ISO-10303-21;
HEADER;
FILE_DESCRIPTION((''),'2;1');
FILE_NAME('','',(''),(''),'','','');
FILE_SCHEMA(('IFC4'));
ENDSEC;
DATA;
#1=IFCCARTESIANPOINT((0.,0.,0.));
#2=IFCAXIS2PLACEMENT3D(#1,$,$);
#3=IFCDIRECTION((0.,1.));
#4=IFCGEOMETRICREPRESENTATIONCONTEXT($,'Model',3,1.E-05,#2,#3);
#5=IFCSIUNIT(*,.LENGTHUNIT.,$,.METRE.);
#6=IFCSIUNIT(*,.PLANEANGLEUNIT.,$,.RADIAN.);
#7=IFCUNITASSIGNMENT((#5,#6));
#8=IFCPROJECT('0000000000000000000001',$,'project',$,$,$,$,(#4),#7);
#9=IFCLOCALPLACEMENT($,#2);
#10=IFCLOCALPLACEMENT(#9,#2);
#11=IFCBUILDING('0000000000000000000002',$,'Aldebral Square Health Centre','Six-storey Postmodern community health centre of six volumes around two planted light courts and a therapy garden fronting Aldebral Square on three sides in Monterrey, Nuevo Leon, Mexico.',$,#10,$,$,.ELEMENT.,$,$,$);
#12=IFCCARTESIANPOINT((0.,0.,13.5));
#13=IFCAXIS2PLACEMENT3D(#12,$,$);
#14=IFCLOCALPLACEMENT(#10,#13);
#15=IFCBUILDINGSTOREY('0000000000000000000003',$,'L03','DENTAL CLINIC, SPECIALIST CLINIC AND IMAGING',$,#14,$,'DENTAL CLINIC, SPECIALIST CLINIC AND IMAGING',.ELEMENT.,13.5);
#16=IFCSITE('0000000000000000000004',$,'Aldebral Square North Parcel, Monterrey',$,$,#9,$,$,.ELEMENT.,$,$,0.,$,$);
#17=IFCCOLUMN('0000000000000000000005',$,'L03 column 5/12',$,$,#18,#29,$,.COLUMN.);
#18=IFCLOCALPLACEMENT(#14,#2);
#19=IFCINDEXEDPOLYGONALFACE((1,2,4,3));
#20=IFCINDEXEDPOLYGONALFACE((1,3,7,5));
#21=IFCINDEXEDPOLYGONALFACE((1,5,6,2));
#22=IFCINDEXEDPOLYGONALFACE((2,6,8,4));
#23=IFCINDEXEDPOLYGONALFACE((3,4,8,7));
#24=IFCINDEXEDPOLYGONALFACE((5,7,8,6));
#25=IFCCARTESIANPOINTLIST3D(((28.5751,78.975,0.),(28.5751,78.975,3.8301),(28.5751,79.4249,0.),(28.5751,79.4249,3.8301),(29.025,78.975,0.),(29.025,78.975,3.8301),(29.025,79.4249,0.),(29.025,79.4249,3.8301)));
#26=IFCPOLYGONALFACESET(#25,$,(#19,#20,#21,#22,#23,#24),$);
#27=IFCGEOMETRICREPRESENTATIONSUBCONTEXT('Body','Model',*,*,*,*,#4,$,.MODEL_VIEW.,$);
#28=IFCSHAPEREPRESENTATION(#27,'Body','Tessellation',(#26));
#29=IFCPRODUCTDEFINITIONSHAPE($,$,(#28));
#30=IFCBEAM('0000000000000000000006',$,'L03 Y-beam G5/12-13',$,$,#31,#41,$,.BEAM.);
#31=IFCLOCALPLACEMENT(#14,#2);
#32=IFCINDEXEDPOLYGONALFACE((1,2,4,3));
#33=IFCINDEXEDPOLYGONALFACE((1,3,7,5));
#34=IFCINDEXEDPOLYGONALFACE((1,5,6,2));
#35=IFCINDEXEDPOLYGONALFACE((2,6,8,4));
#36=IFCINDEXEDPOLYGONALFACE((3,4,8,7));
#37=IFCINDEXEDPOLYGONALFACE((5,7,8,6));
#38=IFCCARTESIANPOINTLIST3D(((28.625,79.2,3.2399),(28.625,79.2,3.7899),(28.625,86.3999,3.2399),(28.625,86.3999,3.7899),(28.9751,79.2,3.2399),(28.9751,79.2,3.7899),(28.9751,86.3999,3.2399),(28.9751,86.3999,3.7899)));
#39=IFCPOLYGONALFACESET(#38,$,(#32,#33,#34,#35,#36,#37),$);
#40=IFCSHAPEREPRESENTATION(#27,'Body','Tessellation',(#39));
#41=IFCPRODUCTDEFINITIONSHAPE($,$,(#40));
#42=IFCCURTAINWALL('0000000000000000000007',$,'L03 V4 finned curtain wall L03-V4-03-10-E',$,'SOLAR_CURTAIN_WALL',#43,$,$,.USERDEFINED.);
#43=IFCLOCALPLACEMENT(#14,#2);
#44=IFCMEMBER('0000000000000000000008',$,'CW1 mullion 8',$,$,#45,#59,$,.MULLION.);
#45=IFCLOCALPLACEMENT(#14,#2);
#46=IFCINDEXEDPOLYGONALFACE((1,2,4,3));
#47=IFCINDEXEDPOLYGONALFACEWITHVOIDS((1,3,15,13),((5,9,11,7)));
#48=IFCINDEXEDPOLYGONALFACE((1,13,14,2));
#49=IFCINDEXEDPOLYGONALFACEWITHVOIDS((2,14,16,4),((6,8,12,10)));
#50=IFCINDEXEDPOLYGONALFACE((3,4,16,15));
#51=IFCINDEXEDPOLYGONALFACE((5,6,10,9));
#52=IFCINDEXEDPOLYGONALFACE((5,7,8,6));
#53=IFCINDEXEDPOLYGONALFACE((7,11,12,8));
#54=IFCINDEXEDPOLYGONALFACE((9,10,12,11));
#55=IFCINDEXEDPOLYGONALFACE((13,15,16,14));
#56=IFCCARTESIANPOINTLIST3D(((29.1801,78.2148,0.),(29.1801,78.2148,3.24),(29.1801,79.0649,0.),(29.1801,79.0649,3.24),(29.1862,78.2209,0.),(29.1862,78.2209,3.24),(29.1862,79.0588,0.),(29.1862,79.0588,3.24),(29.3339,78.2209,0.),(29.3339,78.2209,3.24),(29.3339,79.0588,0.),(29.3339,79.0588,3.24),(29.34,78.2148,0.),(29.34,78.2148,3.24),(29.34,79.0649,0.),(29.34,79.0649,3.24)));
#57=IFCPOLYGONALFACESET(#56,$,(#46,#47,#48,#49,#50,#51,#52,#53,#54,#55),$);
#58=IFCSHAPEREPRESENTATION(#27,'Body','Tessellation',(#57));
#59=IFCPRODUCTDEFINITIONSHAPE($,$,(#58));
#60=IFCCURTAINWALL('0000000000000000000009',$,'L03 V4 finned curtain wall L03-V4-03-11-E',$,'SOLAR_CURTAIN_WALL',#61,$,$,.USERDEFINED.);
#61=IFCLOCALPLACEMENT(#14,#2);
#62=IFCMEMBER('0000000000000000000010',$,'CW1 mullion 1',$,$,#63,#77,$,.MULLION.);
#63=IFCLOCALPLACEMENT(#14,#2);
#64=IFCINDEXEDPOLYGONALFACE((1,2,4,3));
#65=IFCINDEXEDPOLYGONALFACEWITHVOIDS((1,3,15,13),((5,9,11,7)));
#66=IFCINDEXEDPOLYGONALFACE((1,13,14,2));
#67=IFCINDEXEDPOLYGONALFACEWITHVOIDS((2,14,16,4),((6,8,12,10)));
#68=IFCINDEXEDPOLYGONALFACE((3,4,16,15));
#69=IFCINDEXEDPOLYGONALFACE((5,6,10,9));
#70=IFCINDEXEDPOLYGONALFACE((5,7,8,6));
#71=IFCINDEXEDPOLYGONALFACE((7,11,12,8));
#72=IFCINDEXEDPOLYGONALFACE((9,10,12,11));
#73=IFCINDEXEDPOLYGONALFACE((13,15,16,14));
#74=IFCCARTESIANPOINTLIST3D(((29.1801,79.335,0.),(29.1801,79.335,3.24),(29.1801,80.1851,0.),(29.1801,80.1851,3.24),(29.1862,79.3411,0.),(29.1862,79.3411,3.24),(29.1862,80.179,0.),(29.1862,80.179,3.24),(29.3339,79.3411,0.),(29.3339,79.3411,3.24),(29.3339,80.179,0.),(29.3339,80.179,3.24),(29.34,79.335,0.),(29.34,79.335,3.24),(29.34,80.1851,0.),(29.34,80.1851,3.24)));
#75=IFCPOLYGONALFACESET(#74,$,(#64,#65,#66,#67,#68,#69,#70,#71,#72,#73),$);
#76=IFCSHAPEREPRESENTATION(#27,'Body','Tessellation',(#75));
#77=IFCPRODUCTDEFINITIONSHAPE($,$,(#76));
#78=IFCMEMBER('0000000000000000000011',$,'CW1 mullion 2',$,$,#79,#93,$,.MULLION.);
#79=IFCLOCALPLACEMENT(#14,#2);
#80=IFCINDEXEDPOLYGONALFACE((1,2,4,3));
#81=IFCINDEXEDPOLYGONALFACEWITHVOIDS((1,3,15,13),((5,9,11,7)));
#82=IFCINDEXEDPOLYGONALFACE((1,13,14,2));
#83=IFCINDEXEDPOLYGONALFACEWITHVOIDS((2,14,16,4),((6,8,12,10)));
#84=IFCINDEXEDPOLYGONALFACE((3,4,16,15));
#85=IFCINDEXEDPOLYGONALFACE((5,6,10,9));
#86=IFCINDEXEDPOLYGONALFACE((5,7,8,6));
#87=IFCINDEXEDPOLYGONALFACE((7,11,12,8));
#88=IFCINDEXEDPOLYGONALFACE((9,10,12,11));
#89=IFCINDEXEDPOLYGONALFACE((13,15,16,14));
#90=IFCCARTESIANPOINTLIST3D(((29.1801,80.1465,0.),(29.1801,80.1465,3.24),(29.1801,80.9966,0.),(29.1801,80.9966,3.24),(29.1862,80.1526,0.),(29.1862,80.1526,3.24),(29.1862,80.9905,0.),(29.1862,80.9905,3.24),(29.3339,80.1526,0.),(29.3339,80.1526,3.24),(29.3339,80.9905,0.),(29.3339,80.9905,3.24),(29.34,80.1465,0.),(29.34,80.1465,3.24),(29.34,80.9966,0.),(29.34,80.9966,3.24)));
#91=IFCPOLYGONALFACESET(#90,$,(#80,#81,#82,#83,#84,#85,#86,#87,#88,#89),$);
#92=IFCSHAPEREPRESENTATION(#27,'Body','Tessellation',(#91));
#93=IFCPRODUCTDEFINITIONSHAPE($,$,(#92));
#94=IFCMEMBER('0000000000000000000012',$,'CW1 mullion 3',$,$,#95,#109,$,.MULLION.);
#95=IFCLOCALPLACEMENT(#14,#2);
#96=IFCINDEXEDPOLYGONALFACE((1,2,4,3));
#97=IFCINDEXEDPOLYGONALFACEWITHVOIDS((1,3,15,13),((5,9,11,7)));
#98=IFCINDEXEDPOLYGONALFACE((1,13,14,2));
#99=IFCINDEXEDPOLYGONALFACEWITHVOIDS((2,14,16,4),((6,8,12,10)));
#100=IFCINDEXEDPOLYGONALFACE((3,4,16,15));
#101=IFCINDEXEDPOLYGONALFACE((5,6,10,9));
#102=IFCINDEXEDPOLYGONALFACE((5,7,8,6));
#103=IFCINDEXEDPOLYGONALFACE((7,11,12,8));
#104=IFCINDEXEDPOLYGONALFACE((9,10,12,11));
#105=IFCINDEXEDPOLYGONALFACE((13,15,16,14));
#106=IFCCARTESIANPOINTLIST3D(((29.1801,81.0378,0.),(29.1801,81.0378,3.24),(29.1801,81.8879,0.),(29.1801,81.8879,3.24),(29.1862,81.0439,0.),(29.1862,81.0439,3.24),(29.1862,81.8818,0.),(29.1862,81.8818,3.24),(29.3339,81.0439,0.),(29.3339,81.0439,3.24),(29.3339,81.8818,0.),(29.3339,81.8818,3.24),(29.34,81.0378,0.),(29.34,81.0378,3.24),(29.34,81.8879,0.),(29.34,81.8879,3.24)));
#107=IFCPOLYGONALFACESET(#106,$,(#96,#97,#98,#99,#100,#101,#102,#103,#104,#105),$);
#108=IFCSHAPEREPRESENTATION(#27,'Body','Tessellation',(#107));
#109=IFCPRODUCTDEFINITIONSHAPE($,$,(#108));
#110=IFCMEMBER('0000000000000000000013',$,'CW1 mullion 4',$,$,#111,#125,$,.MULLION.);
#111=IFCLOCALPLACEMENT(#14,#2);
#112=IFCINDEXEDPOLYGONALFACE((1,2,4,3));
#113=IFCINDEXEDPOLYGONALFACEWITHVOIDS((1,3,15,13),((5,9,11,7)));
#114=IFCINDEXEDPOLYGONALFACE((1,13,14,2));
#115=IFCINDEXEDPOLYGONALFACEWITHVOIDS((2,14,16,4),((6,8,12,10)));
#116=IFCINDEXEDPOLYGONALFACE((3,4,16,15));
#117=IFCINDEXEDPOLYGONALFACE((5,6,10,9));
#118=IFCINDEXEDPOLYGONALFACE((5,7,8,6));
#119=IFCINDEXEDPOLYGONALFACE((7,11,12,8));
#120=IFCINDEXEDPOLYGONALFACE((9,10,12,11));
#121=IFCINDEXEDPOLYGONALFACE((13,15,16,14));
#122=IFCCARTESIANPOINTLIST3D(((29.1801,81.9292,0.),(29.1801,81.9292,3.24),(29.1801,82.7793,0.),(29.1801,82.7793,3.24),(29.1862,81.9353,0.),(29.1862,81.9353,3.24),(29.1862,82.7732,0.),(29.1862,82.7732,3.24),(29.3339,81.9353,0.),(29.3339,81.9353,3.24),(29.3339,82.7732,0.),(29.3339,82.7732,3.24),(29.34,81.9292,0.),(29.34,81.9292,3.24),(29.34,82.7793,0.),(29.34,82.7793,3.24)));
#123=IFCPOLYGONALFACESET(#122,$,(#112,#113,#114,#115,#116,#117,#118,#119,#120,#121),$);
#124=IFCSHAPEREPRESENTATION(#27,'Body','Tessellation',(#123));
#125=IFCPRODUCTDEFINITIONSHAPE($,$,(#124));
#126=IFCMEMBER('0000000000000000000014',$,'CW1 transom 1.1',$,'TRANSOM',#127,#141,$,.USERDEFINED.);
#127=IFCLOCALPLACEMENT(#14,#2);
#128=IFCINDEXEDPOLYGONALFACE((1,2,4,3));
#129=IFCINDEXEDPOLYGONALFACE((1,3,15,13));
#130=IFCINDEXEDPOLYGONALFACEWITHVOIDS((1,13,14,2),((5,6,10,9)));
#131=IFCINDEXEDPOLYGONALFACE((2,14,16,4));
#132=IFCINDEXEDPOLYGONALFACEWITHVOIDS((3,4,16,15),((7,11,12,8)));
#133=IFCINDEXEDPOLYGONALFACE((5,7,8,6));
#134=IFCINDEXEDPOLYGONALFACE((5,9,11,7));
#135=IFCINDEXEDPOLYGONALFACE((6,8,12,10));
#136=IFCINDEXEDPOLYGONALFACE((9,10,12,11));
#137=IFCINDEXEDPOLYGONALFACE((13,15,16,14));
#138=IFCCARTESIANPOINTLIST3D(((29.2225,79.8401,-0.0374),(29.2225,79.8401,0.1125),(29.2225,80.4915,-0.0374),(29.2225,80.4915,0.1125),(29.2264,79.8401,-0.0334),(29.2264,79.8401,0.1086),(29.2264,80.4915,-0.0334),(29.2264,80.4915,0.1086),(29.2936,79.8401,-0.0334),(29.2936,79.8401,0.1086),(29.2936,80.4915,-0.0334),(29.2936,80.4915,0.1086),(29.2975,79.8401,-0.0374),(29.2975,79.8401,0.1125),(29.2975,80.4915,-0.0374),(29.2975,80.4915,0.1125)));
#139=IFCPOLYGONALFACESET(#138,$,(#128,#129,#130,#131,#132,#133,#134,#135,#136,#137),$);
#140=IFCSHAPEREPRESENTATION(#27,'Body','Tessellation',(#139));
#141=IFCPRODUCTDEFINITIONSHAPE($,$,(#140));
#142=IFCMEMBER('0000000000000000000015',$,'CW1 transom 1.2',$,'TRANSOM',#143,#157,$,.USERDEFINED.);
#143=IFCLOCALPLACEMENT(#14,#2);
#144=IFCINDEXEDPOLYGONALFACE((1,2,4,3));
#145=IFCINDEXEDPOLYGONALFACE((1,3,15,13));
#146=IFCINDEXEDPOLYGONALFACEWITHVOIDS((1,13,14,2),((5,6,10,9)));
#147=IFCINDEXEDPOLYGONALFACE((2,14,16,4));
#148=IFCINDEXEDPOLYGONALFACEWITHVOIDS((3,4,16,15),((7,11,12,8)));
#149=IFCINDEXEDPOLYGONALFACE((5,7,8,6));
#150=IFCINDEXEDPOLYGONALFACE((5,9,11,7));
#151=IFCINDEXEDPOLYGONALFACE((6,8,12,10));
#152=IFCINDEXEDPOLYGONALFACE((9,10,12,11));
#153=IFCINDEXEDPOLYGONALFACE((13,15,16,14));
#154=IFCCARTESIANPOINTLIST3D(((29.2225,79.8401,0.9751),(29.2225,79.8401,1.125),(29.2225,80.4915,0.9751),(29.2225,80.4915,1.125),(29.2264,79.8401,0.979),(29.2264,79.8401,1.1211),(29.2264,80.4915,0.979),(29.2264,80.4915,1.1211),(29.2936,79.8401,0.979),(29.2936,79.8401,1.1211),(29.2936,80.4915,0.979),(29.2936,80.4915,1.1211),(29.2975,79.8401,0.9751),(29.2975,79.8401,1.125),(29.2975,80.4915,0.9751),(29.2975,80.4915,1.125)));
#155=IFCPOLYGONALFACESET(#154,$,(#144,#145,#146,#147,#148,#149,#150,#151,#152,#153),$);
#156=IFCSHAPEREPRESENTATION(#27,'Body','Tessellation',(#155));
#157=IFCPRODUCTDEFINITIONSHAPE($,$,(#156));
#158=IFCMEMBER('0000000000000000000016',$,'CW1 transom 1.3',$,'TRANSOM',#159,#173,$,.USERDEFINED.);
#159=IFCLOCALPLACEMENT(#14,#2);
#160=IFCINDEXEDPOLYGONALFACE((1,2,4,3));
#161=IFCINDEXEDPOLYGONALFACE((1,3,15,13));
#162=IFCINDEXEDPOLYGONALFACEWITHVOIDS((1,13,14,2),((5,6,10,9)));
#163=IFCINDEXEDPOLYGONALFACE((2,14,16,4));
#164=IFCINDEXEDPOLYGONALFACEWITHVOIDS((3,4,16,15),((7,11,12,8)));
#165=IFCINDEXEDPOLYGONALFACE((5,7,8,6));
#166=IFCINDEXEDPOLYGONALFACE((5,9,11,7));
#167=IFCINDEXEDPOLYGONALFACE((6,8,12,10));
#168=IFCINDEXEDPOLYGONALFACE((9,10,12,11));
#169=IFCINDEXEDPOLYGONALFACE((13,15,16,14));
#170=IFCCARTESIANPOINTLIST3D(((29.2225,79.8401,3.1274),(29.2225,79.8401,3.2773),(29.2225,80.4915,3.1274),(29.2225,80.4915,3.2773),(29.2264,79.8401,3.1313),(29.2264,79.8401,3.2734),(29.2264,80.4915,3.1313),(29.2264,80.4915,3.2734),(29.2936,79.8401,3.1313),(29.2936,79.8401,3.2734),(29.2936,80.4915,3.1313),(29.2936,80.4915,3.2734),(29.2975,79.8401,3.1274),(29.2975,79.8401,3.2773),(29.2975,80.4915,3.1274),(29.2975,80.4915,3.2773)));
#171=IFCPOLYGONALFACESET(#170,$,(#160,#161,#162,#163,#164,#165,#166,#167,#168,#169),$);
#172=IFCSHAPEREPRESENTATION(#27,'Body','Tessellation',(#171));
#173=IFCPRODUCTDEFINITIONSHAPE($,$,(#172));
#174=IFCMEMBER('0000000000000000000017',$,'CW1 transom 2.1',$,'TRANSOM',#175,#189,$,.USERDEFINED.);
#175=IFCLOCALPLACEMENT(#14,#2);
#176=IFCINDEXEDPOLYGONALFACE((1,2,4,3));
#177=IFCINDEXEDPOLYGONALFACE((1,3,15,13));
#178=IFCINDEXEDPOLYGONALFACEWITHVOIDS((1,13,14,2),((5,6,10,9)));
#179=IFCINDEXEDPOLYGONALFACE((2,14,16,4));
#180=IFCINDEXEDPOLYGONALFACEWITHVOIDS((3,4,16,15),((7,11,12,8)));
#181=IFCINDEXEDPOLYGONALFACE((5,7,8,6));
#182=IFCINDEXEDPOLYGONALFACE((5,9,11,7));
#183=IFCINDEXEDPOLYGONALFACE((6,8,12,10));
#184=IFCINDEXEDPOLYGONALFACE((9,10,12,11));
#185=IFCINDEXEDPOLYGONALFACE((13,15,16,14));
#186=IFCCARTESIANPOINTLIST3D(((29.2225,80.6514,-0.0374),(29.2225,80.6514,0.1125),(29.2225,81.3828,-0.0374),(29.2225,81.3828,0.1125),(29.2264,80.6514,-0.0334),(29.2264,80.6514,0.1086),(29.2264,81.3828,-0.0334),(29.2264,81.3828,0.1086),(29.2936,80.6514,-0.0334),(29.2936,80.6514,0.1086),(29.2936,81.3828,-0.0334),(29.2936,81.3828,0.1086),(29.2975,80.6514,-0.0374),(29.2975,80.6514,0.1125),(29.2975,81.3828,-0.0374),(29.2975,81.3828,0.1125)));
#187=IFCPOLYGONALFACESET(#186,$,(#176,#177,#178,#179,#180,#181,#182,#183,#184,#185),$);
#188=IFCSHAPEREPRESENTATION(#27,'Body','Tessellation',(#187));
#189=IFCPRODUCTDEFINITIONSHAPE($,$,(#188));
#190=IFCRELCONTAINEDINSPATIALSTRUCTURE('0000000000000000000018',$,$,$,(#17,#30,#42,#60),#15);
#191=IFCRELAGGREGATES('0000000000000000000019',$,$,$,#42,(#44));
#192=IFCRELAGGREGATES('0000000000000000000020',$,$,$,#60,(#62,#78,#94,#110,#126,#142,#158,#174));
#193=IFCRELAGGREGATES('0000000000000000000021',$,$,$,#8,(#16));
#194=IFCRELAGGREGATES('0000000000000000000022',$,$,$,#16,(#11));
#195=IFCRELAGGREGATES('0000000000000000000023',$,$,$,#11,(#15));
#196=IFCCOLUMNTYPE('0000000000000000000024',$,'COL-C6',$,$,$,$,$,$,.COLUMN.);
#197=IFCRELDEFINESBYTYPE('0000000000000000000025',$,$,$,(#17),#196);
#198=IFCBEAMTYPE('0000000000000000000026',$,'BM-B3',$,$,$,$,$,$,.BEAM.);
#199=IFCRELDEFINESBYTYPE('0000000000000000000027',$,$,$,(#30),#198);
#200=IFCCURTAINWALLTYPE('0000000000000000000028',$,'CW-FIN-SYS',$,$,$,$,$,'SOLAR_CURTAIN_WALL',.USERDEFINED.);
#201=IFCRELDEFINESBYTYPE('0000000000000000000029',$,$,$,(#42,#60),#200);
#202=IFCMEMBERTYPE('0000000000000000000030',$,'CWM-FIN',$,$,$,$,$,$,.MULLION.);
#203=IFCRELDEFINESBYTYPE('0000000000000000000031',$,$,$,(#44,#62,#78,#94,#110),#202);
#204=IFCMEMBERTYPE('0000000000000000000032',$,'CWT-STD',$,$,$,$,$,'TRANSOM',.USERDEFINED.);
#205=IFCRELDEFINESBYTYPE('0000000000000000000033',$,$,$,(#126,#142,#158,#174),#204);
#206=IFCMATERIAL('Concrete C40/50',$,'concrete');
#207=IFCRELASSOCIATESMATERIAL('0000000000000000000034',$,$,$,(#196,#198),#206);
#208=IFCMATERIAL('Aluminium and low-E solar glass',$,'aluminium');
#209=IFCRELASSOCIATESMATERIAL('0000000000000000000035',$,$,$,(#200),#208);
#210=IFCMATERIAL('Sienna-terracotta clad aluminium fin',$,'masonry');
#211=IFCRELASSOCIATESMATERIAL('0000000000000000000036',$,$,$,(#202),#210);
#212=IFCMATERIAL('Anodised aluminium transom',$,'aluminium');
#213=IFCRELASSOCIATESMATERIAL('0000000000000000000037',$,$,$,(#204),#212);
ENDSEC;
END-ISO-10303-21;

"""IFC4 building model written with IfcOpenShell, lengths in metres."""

from ifc_helpers import new_model, si_unit, direction, frame, origin, origin_2d, place, context, subcontext, project, spatial, rectangle, hollow_rectangle, extrude, material, material_profile, profile_set, type_object, element, aggregate, save


model = new_model("IFC4")

# Units and contexts
model_context = context("Model", 3, precision=1e-05, world=origin(), true_north=direction((0.0, 1.0)))
body_context = subcontext(model_context, "Body", "Model", "MODEL_VIEW")
ifc_project = project(units=[si_unit("LENGTHUNIT", "METRE"), si_unit("PLANEANGLEUNIT", "RADIAN")], contexts=[model_context])

# Site, building, storey
site_placement = place(None, origin())
site = spatial("IfcSite", under=ifc_project, at=site_placement, Name="Aldebral Square North Parcel, Monterrey", CompositionType="ELEMENT", RefElevation=0.0)
building_placement = place(site_placement, origin())
building = spatial("IfcBuilding", under=site, at=building_placement, Name="Aldebral Square Health Centre", Description="Six-storey Postmodern community health centre of six volumes around two planted light courts and a therapy garden fronting Aldebral Square on three sides in Monterrey, Nuevo Leon, Mexico.", CompositionType="ELEMENT")
storey_placement = place(building_placement, frame((0.0, 0.0, 13.5)))
storey = spatial("IfcBuildingStorey", under=building, at=storey_placement, Name="L03", Description="DENTAL CLINIC, SPECIALIST CLINIC AND IMAGING", LongName="DENTAL CLINIC, SPECIALIST CLINIC AND IMAGING", CompositionType="ELEMENT", Elevation=13.5)

# Column
ifc_material_1 = material(Name="Concrete C40/50", Category="concrete")
ifc_material_profile_1 = material_profile(ifc_material_1, rectangle(XDim=0.45, YDim=0.45, at=origin_2d()), Name="RC 450x450")
ifc_profile_set_1 = profile_set([ifc_material_profile_1], Name="Concrete C40/50")
column_type = type_object("IfcColumnType", Name="COL-C6", PredefinedType="COLUMN", material=ifc_profile_set_1)
column_placement = place(storey_placement, frame((28.8, 79.2, 0.0), z_axis=(0.0, 0.0, 1.0), x_axis=(1.0, 0.0, 0.0)))
element("IfcColumn", 1, at=column_placement, inside=storey, type_object=column_type, Name="L03 column 5/12", PredefinedType="COLUMN", context=body_context, shape_type="SweptSolid", body=[
    extrude(rectangle(XDim=0.45, YDim=0.45, at=origin_2d()), origin(), (0.0, 0.0, 1.0), 3.8301),
])

# Beam
ifc_material_profile_2 = material_profile(ifc_material_1, rectangle(XDim=0.3501, YDim=0.55, at=origin_2d()), Name="RC 350x550")
ifc_profile_set_2 = profile_set([ifc_material_profile_2], Name="Concrete C40/50")
beam_type = type_object("IfcBeamType", Name="BM-B3", PredefinedType="BEAM", material=ifc_profile_set_2)
beam_placement = place(storey_placement, frame((28.8, 79.2, 3.5149), z_axis=(0.0, 1.0, 0.0), x_axis=(-1.0, 0.0, 0.0)))
element("IfcBeam", 2, at=beam_placement, inside=storey, type_object=beam_type, Name="L03 Y-beam G5/12-13", PredefinedType="BEAM", context=body_context, shape_type="SweptSolid", body=[
    extrude(rectangle(XDim=0.3501, YDim=0.55, at=origin_2d()), origin(), (0.0, 0.0, 1.0), 7.2),
])

# Curtain wall, member
ifc_material_2 = material(Name="Aluminium and low-E solar glass", Category="aluminium")
curtain_wall_type = type_object("IfcCurtainWallType", Name="CW-FIN-SYS", ElementType="SOLAR_CURTAIN_WALL", PredefinedType="USERDEFINED", material=ifc_material_2)
curtain_wall_1_placement = place(storey_placement, origin())
curtain_wall_1 = element("IfcCurtainWall", 3, at=curtain_wall_1_placement, inside=storey, type_object=curtain_wall_type, Name="L03 V4 finned curtain wall L03-V4-03-10-E", ObjectType="SOLAR_CURTAIN_WALL", PredefinedType="USERDEFINED")
ifc_material_3 = material(Name="Sienna-terracotta clad aluminium fin", Category="masonry")
ifc_material_profile_3 = material_profile(ifc_material_3, hollow_rectangle(XDim=0.1599, YDim=0.8501, WallThickness=0.0061, at=origin_2d()), Name="FIN 160x850x6")
ifc_profile_set_3 = profile_set([ifc_material_profile_3], Name="Sienna-terracotta clad aluminium fin")
member_type_1 = type_object("IfcMemberType", Name="CWM-FIN", PredefinedType="MULLION", material=ifc_profile_set_3)
member_1_placement = place(storey_placement, frame((29.26, 78.6399, 0.0), z_axis=(0.0, 0.0, 1.0), x_axis=(-1.0, 0.0, 0.0)))
member_1 = element("IfcMember", 4, at=member_1_placement, type_object=member_type_1, Name="CW1 mullion 8", PredefinedType="MULLION", context=body_context, shape_type="SweptSolid", body=[
    extrude(hollow_rectangle(XDim=0.1599, YDim=0.8501, WallThickness=0.0061, at=origin_2d()), origin(), (0.0, 0.0, 1.0), 3.24),
])
aggregate(curtain_wall_1, [member_1])

# Curtain wall, members
curtain_wall_2_placement = place(storey_placement, origin())
curtain_wall_2 = element("IfcCurtainWall", 5, at=curtain_wall_2_placement, inside=storey, type_object=curtain_wall_type, Name="L03 V4 finned curtain wall L03-V4-03-11-E", ObjectType="SOLAR_CURTAIN_WALL", PredefinedType="USERDEFINED")
member_2_placement = place(storey_placement, frame((29.26, 79.76, 0.0), z_axis=(0.0, 0.0, 1.0), x_axis=(-1.0, 0.0, 0.0)))
member_2 = element("IfcMember", 6, at=member_2_placement, type_object=member_type_1, Name="CW1 mullion 1", PredefinedType="MULLION", context=body_context, shape_type="SweptSolid", body=[
    extrude(hollow_rectangle(XDim=0.1599, YDim=0.8501, WallThickness=0.0061, at=origin_2d()), origin(), (0.0, 0.0, 1.0), 3.24),
])
member_3_placement = place(storey_placement, frame((29.26, 80.5715, 0.0), z_axis=(0.0, 0.0, 1.0), x_axis=(-1.0, 0.0, 0.0)))
member_3 = element("IfcMember", 7, at=member_3_placement, type_object=member_type_1, Name="CW1 mullion 2", PredefinedType="MULLION", context=body_context, shape_type="SweptSolid", body=[
    extrude(hollow_rectangle(XDim=0.1599, YDim=0.8501, WallThickness=0.0061, at=origin_2d()), origin(), (0.0, 0.0, 1.0), 3.24),
])
member_4_placement = place(storey_placement, frame((29.26, 81.4629, 0.0), z_axis=(0.0, 0.0, 1.0), x_axis=(-1.0, 0.0, 0.0)))
member_4 = element("IfcMember", 8, at=member_4_placement, type_object=member_type_1, Name="CW1 mullion 3", PredefinedType="MULLION", context=body_context, shape_type="SweptSolid", body=[
    extrude(hollow_rectangle(XDim=0.1599, YDim=0.8501, WallThickness=0.0061, at=origin_2d()), origin(), (0.0, 0.0, 1.0), 3.24),
])
member_5_placement = place(storey_placement, frame((29.26, 82.3542, 0.0), z_axis=(0.0, 0.0, 1.0), x_axis=(-1.0, 0.0, 0.0)))
member_5 = element("IfcMember", 9, at=member_5_placement, type_object=member_type_1, Name="CW1 mullion 4", PredefinedType="MULLION", context=body_context, shape_type="SweptSolid", body=[
    extrude(hollow_rectangle(XDim=0.1599, YDim=0.8501, WallThickness=0.0061, at=origin_2d()), origin(), (0.0, 0.0, 1.0), 3.24),
])
ifc_material_4 = material(Name="Anodised aluminium transom", Category="aluminium")
ifc_material_profile_4 = material_profile(ifc_material_4, hollow_rectangle(XDim=0.075, YDim=0.1499, WallThickness=0.0039, at=origin_2d()), Name="CWT 75x150x4")
ifc_profile_set_4 = profile_set([ifc_material_profile_4], Name="Anodised aluminium transom")
member_type_2 = type_object("IfcMemberType", Name="CWT-STD", ElementType="TRANSOM", PredefinedType="USERDEFINED", material=ifc_profile_set_4)
member_6_placement = place(storey_placement, frame((29.26, 79.8401, 0.0376), z_axis=(0.0, 1.0, 0.0), x_axis=(-1.0, 0.0, 0.0)))
member_6 = element("IfcMember", 10, at=member_6_placement, type_object=member_type_2, Name="CW1 transom 1.1", ObjectType="TRANSOM", PredefinedType="USERDEFINED", context=body_context, shape_type="SweptSolid", body=[
    extrude(hollow_rectangle(XDim=0.075, YDim=0.1499, WallThickness=0.0039, at=origin_2d()), origin(), (0.0, 0.0, 1.0), 0.6514),
])
member_7_placement = place(storey_placement, frame((29.26, 79.8401, 1.05), z_axis=(0.0, 1.0, 0.0), x_axis=(-1.0, 0.0, 0.0)))
member_7 = element("IfcMember", 11, at=member_7_placement, type_object=member_type_2, Name="CW1 transom 1.2", ObjectType="TRANSOM", PredefinedType="USERDEFINED", context=body_context, shape_type="SweptSolid", body=[
    extrude(hollow_rectangle(XDim=0.075, YDim=0.1499, WallThickness=0.0039, at=origin_2d()), origin(), (0.0, 0.0, 1.0), 0.6514),
])
member_8_placement = place(storey_placement, frame((29.26, 79.8401, 3.2024), z_axis=(0.0, 1.0, 0.0), x_axis=(-1.0, 0.0, 0.0)))
member_8 = element("IfcMember", 12, at=member_8_placement, type_object=member_type_2, Name="CW1 transom 1.3", ObjectType="TRANSOM", PredefinedType="USERDEFINED", context=body_context, shape_type="SweptSolid", body=[
    extrude(hollow_rectangle(XDim=0.075, YDim=0.1499, WallThickness=0.0039, at=origin_2d()), origin(), (0.0, 0.0, 1.0), 0.6514),
])
member_9_placement = place(storey_placement, frame((29.26, 80.6514, 0.0376), z_axis=(0.0, 1.0, 0.0), x_axis=(-1.0, 0.0, 0.0)))
member_9 = element("IfcMember", 13, at=member_9_placement, type_object=member_type_2, Name="CW1 transom 2.1", ObjectType="TRANSOM", PredefinedType="USERDEFINED", context=body_context, shape_type="SweptSolid", body=[
    extrude(hollow_rectangle(XDim=0.075, YDim=0.1499, WallThickness=0.0039, at=origin_2d()), origin(), (0.0, 0.0, 1.0), 0.7314),
])
aggregate(curtain_wall_2, [member_2, member_3, member_4, member_5, member_6, member_7, member_8, member_9])

save(model, "model.ifc")
